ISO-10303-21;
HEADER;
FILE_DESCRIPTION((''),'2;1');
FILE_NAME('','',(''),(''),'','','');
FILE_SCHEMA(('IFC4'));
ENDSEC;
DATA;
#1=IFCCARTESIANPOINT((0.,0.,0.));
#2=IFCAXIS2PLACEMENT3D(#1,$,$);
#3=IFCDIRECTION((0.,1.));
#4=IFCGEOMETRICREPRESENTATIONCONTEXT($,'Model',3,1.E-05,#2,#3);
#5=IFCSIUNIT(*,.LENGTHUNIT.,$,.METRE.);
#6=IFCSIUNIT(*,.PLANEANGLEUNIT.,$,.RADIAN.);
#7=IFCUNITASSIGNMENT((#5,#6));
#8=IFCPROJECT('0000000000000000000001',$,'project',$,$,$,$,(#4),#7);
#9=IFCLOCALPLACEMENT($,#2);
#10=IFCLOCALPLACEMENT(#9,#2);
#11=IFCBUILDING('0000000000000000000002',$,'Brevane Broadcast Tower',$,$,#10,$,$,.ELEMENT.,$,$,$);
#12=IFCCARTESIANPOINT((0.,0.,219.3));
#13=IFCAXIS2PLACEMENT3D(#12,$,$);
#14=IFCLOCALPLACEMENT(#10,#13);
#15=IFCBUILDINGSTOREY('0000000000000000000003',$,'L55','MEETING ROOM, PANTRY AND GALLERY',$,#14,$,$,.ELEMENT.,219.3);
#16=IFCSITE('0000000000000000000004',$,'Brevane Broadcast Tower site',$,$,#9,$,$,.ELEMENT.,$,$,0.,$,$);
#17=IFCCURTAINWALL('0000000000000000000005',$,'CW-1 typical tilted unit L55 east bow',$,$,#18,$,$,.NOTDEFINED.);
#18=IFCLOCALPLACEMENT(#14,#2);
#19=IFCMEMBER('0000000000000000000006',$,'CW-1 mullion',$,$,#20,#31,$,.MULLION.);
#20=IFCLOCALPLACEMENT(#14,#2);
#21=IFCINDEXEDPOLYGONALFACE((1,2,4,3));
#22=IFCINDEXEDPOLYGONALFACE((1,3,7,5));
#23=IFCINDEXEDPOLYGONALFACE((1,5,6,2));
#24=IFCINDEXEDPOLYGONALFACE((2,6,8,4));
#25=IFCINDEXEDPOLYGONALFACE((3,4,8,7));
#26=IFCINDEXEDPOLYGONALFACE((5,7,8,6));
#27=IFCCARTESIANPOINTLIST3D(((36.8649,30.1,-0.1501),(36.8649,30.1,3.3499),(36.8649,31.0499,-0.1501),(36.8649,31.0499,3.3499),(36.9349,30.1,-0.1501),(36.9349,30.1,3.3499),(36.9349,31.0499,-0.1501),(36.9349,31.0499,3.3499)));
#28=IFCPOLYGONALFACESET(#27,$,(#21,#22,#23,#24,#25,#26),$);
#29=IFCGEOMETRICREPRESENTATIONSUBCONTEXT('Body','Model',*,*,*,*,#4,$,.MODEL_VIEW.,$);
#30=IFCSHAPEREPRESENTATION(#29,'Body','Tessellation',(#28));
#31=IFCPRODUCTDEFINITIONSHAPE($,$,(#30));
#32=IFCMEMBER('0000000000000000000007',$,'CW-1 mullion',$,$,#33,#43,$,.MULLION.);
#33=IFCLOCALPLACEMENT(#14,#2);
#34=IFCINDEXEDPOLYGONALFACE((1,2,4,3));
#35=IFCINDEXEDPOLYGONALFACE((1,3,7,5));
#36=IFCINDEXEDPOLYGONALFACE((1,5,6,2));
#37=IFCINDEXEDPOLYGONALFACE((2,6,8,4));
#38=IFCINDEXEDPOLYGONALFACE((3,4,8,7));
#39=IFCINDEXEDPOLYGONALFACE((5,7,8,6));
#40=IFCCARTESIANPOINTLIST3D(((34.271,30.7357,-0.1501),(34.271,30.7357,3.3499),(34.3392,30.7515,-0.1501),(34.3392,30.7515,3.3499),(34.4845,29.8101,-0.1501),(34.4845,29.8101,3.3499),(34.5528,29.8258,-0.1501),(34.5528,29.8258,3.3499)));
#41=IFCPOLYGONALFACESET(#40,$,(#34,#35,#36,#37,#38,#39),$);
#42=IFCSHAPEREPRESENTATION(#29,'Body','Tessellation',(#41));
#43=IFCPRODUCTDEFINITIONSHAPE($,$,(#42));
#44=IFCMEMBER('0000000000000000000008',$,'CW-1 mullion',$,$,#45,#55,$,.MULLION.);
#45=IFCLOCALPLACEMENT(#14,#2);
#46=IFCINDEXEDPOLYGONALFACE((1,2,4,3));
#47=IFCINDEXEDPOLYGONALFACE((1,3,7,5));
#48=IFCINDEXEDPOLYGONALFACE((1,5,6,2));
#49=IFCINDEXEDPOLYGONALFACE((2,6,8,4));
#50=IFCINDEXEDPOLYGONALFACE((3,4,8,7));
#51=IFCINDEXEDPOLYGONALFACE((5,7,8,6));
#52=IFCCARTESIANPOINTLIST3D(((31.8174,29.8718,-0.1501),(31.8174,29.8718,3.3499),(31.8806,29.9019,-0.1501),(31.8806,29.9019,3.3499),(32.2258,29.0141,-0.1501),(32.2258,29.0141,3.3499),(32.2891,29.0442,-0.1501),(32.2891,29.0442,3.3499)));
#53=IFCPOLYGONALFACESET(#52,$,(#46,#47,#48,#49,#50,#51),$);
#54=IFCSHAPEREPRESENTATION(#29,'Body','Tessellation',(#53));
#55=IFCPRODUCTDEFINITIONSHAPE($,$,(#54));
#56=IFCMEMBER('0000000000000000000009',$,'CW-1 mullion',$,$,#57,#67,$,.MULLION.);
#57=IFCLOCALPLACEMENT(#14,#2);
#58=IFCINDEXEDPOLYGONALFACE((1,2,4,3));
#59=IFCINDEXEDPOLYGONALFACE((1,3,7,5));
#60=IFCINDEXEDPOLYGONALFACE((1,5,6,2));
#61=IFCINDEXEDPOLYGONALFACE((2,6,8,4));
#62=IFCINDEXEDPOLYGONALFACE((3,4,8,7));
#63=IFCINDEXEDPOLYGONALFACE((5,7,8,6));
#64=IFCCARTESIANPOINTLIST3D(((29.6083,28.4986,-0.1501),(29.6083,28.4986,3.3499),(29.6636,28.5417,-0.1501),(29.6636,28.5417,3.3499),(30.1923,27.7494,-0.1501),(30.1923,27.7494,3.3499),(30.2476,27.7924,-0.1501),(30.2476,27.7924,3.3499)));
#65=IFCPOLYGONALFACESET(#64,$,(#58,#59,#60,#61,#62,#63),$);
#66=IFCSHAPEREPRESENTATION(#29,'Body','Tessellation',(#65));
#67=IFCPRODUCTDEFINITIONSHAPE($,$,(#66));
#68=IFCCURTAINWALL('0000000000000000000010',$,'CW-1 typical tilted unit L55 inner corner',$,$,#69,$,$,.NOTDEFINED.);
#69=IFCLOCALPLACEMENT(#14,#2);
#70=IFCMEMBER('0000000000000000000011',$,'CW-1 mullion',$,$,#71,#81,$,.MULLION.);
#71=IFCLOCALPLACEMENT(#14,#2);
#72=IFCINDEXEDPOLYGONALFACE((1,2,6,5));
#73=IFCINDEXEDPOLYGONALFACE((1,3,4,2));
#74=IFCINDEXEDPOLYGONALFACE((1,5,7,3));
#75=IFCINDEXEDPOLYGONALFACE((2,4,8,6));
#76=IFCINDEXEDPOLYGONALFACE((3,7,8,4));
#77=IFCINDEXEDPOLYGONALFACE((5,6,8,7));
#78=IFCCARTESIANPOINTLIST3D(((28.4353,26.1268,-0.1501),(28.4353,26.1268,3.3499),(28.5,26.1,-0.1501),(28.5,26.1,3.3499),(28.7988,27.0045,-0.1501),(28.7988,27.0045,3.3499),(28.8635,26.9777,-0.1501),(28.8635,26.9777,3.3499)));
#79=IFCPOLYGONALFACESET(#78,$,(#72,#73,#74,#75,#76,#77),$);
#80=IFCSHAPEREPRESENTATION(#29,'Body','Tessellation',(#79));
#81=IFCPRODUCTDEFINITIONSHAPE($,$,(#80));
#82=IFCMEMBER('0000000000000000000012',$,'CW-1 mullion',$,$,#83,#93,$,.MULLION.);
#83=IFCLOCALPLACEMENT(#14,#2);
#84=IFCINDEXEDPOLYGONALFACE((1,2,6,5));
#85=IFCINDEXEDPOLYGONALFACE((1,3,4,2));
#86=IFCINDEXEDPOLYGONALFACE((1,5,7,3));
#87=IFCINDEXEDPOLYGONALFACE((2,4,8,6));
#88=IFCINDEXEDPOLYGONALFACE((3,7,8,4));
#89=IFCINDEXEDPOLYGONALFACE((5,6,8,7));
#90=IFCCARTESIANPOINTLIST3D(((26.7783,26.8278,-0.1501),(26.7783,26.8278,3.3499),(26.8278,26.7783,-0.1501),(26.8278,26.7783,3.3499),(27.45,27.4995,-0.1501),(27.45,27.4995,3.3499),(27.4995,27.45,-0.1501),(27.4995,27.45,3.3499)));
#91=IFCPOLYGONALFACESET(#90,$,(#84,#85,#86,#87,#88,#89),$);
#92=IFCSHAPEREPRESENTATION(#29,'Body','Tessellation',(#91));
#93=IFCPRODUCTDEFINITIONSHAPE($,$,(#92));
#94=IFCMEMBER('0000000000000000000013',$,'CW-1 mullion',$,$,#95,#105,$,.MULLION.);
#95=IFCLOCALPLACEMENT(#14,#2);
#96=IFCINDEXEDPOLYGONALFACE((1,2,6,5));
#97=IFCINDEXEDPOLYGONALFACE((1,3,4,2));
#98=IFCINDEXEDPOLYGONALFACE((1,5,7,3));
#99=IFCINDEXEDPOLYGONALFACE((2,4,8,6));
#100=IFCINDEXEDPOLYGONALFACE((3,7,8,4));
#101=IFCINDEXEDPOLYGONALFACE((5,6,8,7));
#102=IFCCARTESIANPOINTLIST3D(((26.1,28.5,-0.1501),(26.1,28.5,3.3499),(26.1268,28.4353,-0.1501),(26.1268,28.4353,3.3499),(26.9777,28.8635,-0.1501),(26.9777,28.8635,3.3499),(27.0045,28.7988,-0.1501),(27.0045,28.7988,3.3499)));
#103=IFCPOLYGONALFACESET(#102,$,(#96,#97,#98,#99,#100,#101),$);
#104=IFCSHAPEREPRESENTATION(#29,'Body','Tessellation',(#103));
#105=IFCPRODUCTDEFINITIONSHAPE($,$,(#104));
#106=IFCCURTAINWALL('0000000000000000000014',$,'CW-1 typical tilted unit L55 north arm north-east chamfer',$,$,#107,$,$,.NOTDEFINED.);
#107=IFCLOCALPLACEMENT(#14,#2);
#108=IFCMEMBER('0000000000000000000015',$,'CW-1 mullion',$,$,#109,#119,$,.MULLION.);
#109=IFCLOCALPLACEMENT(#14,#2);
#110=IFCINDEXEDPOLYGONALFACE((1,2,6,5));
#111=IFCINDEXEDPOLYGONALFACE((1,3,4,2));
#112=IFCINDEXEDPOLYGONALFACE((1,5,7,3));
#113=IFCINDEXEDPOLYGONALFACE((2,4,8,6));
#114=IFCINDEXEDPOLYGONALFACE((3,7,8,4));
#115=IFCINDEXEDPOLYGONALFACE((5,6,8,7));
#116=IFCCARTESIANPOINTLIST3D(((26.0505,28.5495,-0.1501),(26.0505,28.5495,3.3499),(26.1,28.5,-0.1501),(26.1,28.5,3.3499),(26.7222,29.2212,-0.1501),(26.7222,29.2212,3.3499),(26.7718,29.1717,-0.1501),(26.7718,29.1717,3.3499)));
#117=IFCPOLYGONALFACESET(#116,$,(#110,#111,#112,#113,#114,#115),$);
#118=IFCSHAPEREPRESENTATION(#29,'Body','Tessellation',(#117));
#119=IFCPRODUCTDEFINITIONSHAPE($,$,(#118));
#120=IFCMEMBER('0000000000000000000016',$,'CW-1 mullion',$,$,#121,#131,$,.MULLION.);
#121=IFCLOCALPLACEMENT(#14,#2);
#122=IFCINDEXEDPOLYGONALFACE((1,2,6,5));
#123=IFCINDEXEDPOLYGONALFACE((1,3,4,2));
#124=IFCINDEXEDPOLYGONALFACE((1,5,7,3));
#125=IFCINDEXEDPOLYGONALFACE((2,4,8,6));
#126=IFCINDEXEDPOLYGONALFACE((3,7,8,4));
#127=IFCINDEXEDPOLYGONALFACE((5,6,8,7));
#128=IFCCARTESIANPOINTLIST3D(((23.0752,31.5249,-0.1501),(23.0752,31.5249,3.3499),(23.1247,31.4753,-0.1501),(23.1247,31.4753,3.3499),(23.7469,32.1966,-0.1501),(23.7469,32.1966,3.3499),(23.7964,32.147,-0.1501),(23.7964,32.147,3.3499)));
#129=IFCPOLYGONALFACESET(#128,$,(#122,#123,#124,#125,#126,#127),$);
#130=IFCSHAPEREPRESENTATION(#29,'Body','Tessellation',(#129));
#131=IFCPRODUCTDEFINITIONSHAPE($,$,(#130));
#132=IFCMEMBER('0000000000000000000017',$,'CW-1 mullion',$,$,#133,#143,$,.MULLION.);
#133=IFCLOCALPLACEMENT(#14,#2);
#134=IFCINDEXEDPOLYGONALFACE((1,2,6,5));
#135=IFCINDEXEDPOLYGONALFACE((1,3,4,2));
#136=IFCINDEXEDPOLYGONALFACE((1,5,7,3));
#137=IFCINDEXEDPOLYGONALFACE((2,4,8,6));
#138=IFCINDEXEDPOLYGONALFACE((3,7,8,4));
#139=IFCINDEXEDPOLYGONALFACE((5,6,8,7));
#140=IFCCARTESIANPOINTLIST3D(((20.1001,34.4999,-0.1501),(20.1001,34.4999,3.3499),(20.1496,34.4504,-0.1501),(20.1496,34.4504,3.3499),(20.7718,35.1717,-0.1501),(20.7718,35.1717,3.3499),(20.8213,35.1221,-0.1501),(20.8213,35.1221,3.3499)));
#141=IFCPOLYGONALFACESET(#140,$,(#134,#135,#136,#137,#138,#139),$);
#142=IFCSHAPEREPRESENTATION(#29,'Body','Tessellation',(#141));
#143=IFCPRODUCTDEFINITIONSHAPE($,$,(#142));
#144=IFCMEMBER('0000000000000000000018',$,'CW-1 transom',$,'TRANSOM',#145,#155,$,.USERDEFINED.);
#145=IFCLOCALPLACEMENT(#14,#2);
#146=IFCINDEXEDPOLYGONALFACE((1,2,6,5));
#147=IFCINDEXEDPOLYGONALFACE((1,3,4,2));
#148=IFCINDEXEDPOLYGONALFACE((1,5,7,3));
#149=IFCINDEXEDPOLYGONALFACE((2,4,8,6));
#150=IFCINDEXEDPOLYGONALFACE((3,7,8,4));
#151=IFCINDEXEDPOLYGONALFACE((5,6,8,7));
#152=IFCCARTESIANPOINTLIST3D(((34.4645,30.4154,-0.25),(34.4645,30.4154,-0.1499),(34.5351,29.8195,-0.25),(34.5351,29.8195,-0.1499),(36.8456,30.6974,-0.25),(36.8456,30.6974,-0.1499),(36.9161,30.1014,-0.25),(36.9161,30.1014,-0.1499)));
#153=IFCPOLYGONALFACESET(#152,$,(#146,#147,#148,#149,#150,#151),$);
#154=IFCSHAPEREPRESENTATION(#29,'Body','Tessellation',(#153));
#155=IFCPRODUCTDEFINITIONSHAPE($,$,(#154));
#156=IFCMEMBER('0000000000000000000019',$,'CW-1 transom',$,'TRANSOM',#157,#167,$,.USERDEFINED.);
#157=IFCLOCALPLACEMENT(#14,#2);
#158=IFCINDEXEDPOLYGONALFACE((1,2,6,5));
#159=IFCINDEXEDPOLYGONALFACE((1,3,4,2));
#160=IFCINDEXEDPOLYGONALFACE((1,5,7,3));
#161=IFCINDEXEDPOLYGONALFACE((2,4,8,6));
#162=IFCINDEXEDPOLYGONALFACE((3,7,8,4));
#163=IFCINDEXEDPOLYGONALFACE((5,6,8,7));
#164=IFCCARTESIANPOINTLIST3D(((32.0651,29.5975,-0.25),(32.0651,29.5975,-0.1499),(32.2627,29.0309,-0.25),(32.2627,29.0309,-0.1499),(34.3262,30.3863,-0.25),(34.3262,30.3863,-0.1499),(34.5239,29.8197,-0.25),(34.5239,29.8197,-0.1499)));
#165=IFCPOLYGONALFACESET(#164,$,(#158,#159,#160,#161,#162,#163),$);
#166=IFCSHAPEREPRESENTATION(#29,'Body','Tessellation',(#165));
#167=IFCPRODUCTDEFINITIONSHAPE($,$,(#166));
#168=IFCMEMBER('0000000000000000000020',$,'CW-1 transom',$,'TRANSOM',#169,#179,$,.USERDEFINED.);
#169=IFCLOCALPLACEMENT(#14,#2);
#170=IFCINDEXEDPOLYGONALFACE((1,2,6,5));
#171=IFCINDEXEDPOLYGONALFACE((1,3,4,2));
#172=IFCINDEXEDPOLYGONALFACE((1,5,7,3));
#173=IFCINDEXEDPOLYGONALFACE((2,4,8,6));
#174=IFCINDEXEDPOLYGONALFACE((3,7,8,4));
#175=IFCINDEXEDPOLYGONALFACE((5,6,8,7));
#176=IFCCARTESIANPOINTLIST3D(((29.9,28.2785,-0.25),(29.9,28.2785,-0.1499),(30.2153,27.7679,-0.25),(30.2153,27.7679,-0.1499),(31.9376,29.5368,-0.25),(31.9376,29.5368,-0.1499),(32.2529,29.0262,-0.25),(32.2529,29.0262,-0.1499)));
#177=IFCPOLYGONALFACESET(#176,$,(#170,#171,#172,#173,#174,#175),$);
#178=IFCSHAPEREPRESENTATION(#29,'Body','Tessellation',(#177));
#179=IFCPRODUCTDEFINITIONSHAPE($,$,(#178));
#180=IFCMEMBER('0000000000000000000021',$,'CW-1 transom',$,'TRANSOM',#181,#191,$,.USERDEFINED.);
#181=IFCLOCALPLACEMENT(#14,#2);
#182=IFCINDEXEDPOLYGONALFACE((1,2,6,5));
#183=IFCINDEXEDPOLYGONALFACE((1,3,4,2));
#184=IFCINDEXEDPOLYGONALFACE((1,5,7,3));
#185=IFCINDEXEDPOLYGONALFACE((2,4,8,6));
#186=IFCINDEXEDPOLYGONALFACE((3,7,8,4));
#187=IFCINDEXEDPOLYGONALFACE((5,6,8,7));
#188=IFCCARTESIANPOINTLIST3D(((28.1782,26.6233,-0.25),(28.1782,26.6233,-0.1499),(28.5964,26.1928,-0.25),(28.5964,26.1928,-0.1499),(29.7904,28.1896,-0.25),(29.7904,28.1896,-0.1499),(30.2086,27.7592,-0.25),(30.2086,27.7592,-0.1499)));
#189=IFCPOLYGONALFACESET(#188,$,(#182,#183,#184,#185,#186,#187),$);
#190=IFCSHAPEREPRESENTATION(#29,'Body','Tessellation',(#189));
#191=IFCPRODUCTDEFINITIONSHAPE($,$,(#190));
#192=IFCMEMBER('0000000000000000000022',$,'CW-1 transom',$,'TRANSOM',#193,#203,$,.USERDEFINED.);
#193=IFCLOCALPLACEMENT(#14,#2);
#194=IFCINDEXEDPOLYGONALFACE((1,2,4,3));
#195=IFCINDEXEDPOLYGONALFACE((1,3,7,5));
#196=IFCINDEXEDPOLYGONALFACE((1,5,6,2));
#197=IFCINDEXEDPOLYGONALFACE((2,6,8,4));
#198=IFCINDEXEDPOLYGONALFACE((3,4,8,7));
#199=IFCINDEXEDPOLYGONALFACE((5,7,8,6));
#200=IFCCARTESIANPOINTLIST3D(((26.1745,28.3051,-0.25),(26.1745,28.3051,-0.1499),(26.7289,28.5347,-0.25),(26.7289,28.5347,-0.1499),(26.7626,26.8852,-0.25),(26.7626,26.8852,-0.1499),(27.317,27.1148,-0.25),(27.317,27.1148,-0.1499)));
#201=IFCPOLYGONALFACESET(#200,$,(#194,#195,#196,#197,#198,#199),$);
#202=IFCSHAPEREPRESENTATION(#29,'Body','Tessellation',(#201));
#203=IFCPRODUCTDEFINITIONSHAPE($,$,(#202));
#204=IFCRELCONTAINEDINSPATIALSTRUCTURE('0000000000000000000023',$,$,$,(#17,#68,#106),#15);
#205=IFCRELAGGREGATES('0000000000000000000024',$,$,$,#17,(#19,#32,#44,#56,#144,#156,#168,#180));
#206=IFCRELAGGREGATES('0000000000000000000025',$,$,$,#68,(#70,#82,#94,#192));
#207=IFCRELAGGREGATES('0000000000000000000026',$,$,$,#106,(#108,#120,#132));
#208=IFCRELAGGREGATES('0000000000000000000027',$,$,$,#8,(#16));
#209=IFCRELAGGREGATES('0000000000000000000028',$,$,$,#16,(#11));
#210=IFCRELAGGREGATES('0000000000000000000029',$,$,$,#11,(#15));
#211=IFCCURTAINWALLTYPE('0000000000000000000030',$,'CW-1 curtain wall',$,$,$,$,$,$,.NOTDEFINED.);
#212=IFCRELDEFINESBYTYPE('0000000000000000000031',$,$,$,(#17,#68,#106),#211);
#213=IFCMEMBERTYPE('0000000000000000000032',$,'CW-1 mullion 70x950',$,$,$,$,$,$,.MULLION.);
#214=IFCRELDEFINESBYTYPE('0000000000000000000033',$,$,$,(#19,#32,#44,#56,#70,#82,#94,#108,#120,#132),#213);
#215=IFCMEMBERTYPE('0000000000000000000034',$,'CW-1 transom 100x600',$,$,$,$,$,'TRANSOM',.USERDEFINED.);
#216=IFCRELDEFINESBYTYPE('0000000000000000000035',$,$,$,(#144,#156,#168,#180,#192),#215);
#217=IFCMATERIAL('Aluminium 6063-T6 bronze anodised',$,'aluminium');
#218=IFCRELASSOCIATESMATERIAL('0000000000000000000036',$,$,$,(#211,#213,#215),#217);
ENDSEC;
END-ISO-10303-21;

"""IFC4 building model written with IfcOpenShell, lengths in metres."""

from ifc_helpers import new_model, si_unit, direction, frame, origin, origin_2d, place, context, subcontext, project, spatial, rectangle, extrude, material, material_profile, profile_set, type_object, element, aggregate, save


model = new_model("IFC4")

# Units and contexts
model_context = context("Model", 3, precision=1e-05, world=origin(), true_north=direction((0.0, 1.0)))
body_context = subcontext(model_context, "Body", "Model", "MODEL_VIEW")
ifc_project = project(units=[si_unit("LENGTHUNIT", "METRE"), si_unit("PLANEANGLEUNIT", "RADIAN")], contexts=[model_context])

# Site, building, storey
site_placement = place(None, origin())
site = spatial("IfcSite", under=ifc_project, at=site_placement, Name="Brevane Broadcast Tower site", CompositionType="ELEMENT", RefElevation=0.0)
building_placement = place(site_placement, origin())
building = spatial("IfcBuilding", under=site, at=building_placement, Name="Brevane Broadcast Tower", CompositionType="ELEMENT")
storey_placement = place(building_placement, frame((0.0, 0.0, 219.3)))
storey = spatial("IfcBuildingStorey", under=building, at=storey_placement, Name="L55", Description="MEETING ROOM, PANTRY AND GALLERY", CompositionType="ELEMENT", Elevation=219.3)

# Curtain walls, members
ifc_material_1 = material(Name="Aluminium 6063-T6 bronze anodised", Category="aluminium")
curtain_wall_type = type_object("IfcCurtainWallType", Name="CW-1 curtain wall", PredefinedType="NOTDEFINED", material=ifc_material_1)
curtain_wall_1_placement = place(storey_placement, origin())
curtain_wall_1 = element("IfcCurtainWall", 1, at=curtain_wall_1_placement, inside=storey, type_object=curtain_wall_type, Name="CW-1 typical tilted unit L55 east bow", PredefinedType="NOTDEFINED")
ifc_material_profile_1 = material_profile(ifc_material_1, rectangle(XDim=0.95, YDim=0.0701, at=origin_2d()), Name="RECT 70x950")
ifc_profile_set_1 = profile_set([ifc_material_profile_1], Name="Aluminium 6063-T6 bronze anodised")
member_type_1 = type_object("IfcMemberType", Name="CW-1 mullion 70x950", PredefinedType="MULLION", material=ifc_profile_set_1)
member_1_placement = place(storey_placement, frame((36.8999, 30.575, -0.1501), z_axis=(0.0, 0.0, 1.0), x_axis=(0.0, -1.0, 0.0)))
member_1 = element("IfcMember", 2, at=member_1_placement, type_object=member_type_1, Name="CW-1 mullion", PredefinedType="MULLION", context=body_context, shape_type="SweptSolid", body=[
    extrude(rectangle(XDim=0.95, YDim=0.0701, at=origin_2d()), origin(), (0.0, 0.0, 1.0), 3.5),
])
member_2_placement = place(storey_placement, frame((34.4119, 30.2808, -0.1501), z_axis=(0.0, 0.0, 1.0), x_axis=(0.224807, -0.974403, 0.0)))
member_2 = element("IfcMember", 3, at=member_2_placement, type_object=member_type_1, Name="CW-1 mullion", PredefinedType="MULLION", context=body_context, shape_type="SweptSolid", body=[
    extrude(rectangle(XDim=0.95, YDim=0.0701, at=origin_2d()), origin(), (0.0, 0.0, 1.0), 3.5),
])
member_3_placement = place(storey_placement, frame((32.0532, 29.458, -0.1501), z_axis=(0.0, 0.0, 1.0), x_axis=(0.429934, -0.902861, 0.0)))
member_3 = element("IfcMember", 4, at=member_3_placement, type_object=member_type_1, Name="CW-1 mullion", PredefinedType="MULLION", context=body_context, shape_type="SweptSolid", body=[
    extrude(rectangle(XDim=0.95, YDim=0.0701, at=origin_2d()), origin(), (0.0, 0.0, 1.0), 3.5),
])
member_4_placement = place(storey_placement, frame((29.928, 28.1455, -0.1501), z_axis=(0.0, 0.0, 1.0), x_axis=(0.61477, -0.788707, 0.0)))
member_4 = element("IfcMember", 5, at=member_4_placement, type_object=member_type_1, Name="CW-1 mullion", PredefinedType="MULLION", context=body_context, shape_type="SweptSolid", body=[
    extrude(rectangle(XDim=0.95, YDim=0.0701, at=origin_2d()), origin(), (0.0, 0.0, 1.0), 3.5),
])
curtain_wall_2_placement = place(storey_placement, origin())
curtain_wall_2 = element("IfcCurtainWall", 6, at=curtain_wall_2_placement, inside=storey, type_object=curtain_wall_type, Name="CW-1 typical tilted unit L55 inner corner", PredefinedType="NOTDEFINED")
member_5_placement = place(storey_placement, frame((28.6494, 26.5522, -0.1501), z_axis=(0.0, 0.0, 1.0), x_axis=(-0.382683, -0.92388, 0.0)))
member_5 = element("IfcMember", 7, at=member_5_placement, type_object=member_type_1, Name="CW-1 mullion", PredefinedType="MULLION", context=body_context, shape_type="SweptSolid", body=[
    extrude(rectangle(XDim=0.95, YDim=0.0701, at=origin_2d()), origin(), (0.0, 0.0, 1.0), 3.5),
])
member_6_placement = place(storey_placement, frame((27.1389, 27.1389, -0.1501), z_axis=(0.0, 0.0, 1.0), x_axis=(-0.707107, -0.707107, 0.0)))
member_6 = element("IfcMember", 8, at=member_6_placement, type_object=member_type_1, Name="CW-1 mullion", PredefinedType="MULLION", context=body_context, shape_type="SweptSolid", body=[
    extrude(rectangle(XDim=0.95, YDim=0.0701, at=origin_2d()), origin(), (0.0, 0.0, 1.0), 3.5),
])
member_7_placement = place(storey_placement, frame((26.5522, 28.6494, -0.1501), z_axis=(0.0, 0.0, 1.0), x_axis=(-0.92388, -0.382683, 0.0)))
member_7 = element("IfcMember", 9, at=member_7_placement, type_object=member_type_1, Name="CW-1 mullion", PredefinedType="MULLION", context=body_context, shape_type="SweptSolid", body=[
    extrude(rectangle(XDim=0.95, YDim=0.0701, at=origin_2d()), origin(), (0.0, 0.0, 1.0), 3.5),
])
curtain_wall_3_placement = place(storey_placement, origin())
curtain_wall_3 = element("IfcCurtainWall", 10, at=curtain_wall_3_placement, inside=storey, type_object=curtain_wall_type, Name="CW-1 typical tilted unit L55 north arm north-east chamfer", PredefinedType="NOTDEFINED")
member_8_placement = place(storey_placement, frame((26.4111, 28.8606, -0.1501), z_axis=(0.0, 0.0, 1.0), x_axis=(-0.707107, -0.707107, 0.0)))
member_8 = element("IfcMember", 11, at=member_8_placement, type_object=member_type_1, Name="CW-1 mullion", PredefinedType="MULLION", context=body_context, shape_type="SweptSolid", body=[
    extrude(rectangle(XDim=0.95, YDim=0.0701, at=origin_2d()), origin(), (0.0, 0.0, 1.0), 3.5),
])
member_9_placement = place(storey_placement, frame((23.4358, 31.8359, -0.1501), z_axis=(0.0, 0.0, 1.0), x_axis=(-0.707107, -0.707107, 0.0)))
member_9 = element("IfcMember", 12, at=member_9_placement, type_object=member_type_1, Name="CW-1 mullion", PredefinedType="MULLION", context=body_context, shape_type="SweptSolid", body=[
    extrude(rectangle(XDim=0.95, YDim=0.0701, at=origin_2d()), origin(), (0.0, 0.0, 1.0), 3.5),
])
member_10_placement = place(storey_placement, frame((20.4607, 34.811, -0.1501), z_axis=(0.0, 0.0, 1.0), x_axis=(-0.707107, -0.707107, 0.0)))
member_10 = element("IfcMember", 13, at=member_10_placement, type_object=member_type_1, Name="CW-1 mullion", PredefinedType="MULLION", context=body_context, shape_type="SweptSolid", body=[
    extrude(rectangle(XDim=0.95, YDim=0.0701, at=origin_2d()), origin(), (0.0, 0.0, 1.0), 3.5),
])

# Members
ifc_material_profile_2 = material_profile(ifc_material_1, rectangle(XDim=0.6001, YDim=0.1001, at=origin_2d()), Name="RECT 100x600")
ifc_profile_set_2 = profile_set([ifc_material_profile_2], Name="Aluminium 6063-T6 bronze anodised")
member_type_2 = type_object("IfcMemberType", Name="CW-1 transom 100x600", ElementType="TRANSOM", PredefinedType="USERDEFINED", material=ifc_profile_set_2)
member_11_placement = place(storey_placement, frame((36.8809, 30.3994, -0.2), z_axis=(-0.993061, -0.117603, 0.0), x_axis=(0.117603, -0.993061, 0.0)))
member_11 = element("IfcMember", 14, at=member_11_placement, type_object=member_type_2, Name="CW-1 transom", ObjectType="TRANSOM", PredefinedType="USERDEFINED", context=body_context, shape_type="SweptSolid", body=[
    extrude(rectangle(XDim=0.6001, YDim=0.1001, at=origin_2d()), origin(), (0.0, 0.0, 1.0), 2.3977),
])
member_12_placement = place(storey_placement, frame((34.425, 30.103, -0.2), z_axis=(-0.944198, -0.329378, 0.0), x_axis=(0.329378, -0.944198, 0.0)))
member_12 = element("IfcMember", 15, at=member_12_placement, type_object=member_type_2, Name="CW-1 transom", ObjectType="TRANSOM", PredefinedType="USERDEFINED", context=body_context, shape_type="SweptSolid", body=[
    extrude(rectangle(XDim=0.6001, YDim=0.1001, at=origin_2d()), origin(), (0.0, 0.0, 1.0), 2.3948),
])
member_13_placement = place(storey_placement, frame((32.0952, 29.2815, -0.2), z_axis=(-0.850838, -0.525428, 0.0), x_axis=(0.525428, -0.850838, 0.0)))
member_13 = element("IfcMember", 16, at=member_13_placement, type_object=member_type_2, Name="CW-1 transom", ObjectType="TRANSOM", PredefinedType="USERDEFINED", context=body_context, shape_type="SweptSolid", body=[
    extrude(rectangle(XDim=0.6001, YDim=0.1001, at=origin_2d()), origin(), (0.0, 0.0, 1.0), 2.3948),
])
member_14_placement = place(storey_placement, frame((29.9995, 27.9744, -0.2), z_axis=(-0.717242, -0.696824, 0.0), x_axis=(0.696824, -0.717242, 0.0)))
member_14 = element("IfcMember", 17, at=member_14_placement, type_object=member_type_2, Name="CW-1 transom", ObjectType="TRANSOM", PredefinedType="USERDEFINED", context=body_context, shape_type="SweptSolid", body=[
    extrude(rectangle(XDim=0.6001, YDim=0.1001, at=origin_2d()), origin(), (0.0, 0.0, 1.0), 2.2478),
])
aggregate(curtain_wall_1, [member_1, member_2, member_3, member_4, member_11, member_12, member_13, member_14])
member_15_placement = place(storey_placement, frame((27.0398, 27.0, -0.2), z_axis=(-0.382674, 0.923883, 0.0), x_axis=(-0.923883, -0.382674, 0.0)))
member_15 = element("IfcMember", 18, at=member_15_placement, type_object=member_type_2, Name="CW-1 transom", ObjectType="TRANSOM", PredefinedType="USERDEFINED", context=body_context, shape_type="SweptSolid", body=[
    extrude(rectangle(XDim=0.6001, YDim=0.1001, at=origin_2d()), origin(), (0.0, 0.0, 1.0), 1.5369),
])
aggregate(curtain_wall_2, [member_5, member_6, member_7, member_15])
aggregate(curtain_wall_3, [member_8, member_9, member_10])

save(model, "model.ifc")
